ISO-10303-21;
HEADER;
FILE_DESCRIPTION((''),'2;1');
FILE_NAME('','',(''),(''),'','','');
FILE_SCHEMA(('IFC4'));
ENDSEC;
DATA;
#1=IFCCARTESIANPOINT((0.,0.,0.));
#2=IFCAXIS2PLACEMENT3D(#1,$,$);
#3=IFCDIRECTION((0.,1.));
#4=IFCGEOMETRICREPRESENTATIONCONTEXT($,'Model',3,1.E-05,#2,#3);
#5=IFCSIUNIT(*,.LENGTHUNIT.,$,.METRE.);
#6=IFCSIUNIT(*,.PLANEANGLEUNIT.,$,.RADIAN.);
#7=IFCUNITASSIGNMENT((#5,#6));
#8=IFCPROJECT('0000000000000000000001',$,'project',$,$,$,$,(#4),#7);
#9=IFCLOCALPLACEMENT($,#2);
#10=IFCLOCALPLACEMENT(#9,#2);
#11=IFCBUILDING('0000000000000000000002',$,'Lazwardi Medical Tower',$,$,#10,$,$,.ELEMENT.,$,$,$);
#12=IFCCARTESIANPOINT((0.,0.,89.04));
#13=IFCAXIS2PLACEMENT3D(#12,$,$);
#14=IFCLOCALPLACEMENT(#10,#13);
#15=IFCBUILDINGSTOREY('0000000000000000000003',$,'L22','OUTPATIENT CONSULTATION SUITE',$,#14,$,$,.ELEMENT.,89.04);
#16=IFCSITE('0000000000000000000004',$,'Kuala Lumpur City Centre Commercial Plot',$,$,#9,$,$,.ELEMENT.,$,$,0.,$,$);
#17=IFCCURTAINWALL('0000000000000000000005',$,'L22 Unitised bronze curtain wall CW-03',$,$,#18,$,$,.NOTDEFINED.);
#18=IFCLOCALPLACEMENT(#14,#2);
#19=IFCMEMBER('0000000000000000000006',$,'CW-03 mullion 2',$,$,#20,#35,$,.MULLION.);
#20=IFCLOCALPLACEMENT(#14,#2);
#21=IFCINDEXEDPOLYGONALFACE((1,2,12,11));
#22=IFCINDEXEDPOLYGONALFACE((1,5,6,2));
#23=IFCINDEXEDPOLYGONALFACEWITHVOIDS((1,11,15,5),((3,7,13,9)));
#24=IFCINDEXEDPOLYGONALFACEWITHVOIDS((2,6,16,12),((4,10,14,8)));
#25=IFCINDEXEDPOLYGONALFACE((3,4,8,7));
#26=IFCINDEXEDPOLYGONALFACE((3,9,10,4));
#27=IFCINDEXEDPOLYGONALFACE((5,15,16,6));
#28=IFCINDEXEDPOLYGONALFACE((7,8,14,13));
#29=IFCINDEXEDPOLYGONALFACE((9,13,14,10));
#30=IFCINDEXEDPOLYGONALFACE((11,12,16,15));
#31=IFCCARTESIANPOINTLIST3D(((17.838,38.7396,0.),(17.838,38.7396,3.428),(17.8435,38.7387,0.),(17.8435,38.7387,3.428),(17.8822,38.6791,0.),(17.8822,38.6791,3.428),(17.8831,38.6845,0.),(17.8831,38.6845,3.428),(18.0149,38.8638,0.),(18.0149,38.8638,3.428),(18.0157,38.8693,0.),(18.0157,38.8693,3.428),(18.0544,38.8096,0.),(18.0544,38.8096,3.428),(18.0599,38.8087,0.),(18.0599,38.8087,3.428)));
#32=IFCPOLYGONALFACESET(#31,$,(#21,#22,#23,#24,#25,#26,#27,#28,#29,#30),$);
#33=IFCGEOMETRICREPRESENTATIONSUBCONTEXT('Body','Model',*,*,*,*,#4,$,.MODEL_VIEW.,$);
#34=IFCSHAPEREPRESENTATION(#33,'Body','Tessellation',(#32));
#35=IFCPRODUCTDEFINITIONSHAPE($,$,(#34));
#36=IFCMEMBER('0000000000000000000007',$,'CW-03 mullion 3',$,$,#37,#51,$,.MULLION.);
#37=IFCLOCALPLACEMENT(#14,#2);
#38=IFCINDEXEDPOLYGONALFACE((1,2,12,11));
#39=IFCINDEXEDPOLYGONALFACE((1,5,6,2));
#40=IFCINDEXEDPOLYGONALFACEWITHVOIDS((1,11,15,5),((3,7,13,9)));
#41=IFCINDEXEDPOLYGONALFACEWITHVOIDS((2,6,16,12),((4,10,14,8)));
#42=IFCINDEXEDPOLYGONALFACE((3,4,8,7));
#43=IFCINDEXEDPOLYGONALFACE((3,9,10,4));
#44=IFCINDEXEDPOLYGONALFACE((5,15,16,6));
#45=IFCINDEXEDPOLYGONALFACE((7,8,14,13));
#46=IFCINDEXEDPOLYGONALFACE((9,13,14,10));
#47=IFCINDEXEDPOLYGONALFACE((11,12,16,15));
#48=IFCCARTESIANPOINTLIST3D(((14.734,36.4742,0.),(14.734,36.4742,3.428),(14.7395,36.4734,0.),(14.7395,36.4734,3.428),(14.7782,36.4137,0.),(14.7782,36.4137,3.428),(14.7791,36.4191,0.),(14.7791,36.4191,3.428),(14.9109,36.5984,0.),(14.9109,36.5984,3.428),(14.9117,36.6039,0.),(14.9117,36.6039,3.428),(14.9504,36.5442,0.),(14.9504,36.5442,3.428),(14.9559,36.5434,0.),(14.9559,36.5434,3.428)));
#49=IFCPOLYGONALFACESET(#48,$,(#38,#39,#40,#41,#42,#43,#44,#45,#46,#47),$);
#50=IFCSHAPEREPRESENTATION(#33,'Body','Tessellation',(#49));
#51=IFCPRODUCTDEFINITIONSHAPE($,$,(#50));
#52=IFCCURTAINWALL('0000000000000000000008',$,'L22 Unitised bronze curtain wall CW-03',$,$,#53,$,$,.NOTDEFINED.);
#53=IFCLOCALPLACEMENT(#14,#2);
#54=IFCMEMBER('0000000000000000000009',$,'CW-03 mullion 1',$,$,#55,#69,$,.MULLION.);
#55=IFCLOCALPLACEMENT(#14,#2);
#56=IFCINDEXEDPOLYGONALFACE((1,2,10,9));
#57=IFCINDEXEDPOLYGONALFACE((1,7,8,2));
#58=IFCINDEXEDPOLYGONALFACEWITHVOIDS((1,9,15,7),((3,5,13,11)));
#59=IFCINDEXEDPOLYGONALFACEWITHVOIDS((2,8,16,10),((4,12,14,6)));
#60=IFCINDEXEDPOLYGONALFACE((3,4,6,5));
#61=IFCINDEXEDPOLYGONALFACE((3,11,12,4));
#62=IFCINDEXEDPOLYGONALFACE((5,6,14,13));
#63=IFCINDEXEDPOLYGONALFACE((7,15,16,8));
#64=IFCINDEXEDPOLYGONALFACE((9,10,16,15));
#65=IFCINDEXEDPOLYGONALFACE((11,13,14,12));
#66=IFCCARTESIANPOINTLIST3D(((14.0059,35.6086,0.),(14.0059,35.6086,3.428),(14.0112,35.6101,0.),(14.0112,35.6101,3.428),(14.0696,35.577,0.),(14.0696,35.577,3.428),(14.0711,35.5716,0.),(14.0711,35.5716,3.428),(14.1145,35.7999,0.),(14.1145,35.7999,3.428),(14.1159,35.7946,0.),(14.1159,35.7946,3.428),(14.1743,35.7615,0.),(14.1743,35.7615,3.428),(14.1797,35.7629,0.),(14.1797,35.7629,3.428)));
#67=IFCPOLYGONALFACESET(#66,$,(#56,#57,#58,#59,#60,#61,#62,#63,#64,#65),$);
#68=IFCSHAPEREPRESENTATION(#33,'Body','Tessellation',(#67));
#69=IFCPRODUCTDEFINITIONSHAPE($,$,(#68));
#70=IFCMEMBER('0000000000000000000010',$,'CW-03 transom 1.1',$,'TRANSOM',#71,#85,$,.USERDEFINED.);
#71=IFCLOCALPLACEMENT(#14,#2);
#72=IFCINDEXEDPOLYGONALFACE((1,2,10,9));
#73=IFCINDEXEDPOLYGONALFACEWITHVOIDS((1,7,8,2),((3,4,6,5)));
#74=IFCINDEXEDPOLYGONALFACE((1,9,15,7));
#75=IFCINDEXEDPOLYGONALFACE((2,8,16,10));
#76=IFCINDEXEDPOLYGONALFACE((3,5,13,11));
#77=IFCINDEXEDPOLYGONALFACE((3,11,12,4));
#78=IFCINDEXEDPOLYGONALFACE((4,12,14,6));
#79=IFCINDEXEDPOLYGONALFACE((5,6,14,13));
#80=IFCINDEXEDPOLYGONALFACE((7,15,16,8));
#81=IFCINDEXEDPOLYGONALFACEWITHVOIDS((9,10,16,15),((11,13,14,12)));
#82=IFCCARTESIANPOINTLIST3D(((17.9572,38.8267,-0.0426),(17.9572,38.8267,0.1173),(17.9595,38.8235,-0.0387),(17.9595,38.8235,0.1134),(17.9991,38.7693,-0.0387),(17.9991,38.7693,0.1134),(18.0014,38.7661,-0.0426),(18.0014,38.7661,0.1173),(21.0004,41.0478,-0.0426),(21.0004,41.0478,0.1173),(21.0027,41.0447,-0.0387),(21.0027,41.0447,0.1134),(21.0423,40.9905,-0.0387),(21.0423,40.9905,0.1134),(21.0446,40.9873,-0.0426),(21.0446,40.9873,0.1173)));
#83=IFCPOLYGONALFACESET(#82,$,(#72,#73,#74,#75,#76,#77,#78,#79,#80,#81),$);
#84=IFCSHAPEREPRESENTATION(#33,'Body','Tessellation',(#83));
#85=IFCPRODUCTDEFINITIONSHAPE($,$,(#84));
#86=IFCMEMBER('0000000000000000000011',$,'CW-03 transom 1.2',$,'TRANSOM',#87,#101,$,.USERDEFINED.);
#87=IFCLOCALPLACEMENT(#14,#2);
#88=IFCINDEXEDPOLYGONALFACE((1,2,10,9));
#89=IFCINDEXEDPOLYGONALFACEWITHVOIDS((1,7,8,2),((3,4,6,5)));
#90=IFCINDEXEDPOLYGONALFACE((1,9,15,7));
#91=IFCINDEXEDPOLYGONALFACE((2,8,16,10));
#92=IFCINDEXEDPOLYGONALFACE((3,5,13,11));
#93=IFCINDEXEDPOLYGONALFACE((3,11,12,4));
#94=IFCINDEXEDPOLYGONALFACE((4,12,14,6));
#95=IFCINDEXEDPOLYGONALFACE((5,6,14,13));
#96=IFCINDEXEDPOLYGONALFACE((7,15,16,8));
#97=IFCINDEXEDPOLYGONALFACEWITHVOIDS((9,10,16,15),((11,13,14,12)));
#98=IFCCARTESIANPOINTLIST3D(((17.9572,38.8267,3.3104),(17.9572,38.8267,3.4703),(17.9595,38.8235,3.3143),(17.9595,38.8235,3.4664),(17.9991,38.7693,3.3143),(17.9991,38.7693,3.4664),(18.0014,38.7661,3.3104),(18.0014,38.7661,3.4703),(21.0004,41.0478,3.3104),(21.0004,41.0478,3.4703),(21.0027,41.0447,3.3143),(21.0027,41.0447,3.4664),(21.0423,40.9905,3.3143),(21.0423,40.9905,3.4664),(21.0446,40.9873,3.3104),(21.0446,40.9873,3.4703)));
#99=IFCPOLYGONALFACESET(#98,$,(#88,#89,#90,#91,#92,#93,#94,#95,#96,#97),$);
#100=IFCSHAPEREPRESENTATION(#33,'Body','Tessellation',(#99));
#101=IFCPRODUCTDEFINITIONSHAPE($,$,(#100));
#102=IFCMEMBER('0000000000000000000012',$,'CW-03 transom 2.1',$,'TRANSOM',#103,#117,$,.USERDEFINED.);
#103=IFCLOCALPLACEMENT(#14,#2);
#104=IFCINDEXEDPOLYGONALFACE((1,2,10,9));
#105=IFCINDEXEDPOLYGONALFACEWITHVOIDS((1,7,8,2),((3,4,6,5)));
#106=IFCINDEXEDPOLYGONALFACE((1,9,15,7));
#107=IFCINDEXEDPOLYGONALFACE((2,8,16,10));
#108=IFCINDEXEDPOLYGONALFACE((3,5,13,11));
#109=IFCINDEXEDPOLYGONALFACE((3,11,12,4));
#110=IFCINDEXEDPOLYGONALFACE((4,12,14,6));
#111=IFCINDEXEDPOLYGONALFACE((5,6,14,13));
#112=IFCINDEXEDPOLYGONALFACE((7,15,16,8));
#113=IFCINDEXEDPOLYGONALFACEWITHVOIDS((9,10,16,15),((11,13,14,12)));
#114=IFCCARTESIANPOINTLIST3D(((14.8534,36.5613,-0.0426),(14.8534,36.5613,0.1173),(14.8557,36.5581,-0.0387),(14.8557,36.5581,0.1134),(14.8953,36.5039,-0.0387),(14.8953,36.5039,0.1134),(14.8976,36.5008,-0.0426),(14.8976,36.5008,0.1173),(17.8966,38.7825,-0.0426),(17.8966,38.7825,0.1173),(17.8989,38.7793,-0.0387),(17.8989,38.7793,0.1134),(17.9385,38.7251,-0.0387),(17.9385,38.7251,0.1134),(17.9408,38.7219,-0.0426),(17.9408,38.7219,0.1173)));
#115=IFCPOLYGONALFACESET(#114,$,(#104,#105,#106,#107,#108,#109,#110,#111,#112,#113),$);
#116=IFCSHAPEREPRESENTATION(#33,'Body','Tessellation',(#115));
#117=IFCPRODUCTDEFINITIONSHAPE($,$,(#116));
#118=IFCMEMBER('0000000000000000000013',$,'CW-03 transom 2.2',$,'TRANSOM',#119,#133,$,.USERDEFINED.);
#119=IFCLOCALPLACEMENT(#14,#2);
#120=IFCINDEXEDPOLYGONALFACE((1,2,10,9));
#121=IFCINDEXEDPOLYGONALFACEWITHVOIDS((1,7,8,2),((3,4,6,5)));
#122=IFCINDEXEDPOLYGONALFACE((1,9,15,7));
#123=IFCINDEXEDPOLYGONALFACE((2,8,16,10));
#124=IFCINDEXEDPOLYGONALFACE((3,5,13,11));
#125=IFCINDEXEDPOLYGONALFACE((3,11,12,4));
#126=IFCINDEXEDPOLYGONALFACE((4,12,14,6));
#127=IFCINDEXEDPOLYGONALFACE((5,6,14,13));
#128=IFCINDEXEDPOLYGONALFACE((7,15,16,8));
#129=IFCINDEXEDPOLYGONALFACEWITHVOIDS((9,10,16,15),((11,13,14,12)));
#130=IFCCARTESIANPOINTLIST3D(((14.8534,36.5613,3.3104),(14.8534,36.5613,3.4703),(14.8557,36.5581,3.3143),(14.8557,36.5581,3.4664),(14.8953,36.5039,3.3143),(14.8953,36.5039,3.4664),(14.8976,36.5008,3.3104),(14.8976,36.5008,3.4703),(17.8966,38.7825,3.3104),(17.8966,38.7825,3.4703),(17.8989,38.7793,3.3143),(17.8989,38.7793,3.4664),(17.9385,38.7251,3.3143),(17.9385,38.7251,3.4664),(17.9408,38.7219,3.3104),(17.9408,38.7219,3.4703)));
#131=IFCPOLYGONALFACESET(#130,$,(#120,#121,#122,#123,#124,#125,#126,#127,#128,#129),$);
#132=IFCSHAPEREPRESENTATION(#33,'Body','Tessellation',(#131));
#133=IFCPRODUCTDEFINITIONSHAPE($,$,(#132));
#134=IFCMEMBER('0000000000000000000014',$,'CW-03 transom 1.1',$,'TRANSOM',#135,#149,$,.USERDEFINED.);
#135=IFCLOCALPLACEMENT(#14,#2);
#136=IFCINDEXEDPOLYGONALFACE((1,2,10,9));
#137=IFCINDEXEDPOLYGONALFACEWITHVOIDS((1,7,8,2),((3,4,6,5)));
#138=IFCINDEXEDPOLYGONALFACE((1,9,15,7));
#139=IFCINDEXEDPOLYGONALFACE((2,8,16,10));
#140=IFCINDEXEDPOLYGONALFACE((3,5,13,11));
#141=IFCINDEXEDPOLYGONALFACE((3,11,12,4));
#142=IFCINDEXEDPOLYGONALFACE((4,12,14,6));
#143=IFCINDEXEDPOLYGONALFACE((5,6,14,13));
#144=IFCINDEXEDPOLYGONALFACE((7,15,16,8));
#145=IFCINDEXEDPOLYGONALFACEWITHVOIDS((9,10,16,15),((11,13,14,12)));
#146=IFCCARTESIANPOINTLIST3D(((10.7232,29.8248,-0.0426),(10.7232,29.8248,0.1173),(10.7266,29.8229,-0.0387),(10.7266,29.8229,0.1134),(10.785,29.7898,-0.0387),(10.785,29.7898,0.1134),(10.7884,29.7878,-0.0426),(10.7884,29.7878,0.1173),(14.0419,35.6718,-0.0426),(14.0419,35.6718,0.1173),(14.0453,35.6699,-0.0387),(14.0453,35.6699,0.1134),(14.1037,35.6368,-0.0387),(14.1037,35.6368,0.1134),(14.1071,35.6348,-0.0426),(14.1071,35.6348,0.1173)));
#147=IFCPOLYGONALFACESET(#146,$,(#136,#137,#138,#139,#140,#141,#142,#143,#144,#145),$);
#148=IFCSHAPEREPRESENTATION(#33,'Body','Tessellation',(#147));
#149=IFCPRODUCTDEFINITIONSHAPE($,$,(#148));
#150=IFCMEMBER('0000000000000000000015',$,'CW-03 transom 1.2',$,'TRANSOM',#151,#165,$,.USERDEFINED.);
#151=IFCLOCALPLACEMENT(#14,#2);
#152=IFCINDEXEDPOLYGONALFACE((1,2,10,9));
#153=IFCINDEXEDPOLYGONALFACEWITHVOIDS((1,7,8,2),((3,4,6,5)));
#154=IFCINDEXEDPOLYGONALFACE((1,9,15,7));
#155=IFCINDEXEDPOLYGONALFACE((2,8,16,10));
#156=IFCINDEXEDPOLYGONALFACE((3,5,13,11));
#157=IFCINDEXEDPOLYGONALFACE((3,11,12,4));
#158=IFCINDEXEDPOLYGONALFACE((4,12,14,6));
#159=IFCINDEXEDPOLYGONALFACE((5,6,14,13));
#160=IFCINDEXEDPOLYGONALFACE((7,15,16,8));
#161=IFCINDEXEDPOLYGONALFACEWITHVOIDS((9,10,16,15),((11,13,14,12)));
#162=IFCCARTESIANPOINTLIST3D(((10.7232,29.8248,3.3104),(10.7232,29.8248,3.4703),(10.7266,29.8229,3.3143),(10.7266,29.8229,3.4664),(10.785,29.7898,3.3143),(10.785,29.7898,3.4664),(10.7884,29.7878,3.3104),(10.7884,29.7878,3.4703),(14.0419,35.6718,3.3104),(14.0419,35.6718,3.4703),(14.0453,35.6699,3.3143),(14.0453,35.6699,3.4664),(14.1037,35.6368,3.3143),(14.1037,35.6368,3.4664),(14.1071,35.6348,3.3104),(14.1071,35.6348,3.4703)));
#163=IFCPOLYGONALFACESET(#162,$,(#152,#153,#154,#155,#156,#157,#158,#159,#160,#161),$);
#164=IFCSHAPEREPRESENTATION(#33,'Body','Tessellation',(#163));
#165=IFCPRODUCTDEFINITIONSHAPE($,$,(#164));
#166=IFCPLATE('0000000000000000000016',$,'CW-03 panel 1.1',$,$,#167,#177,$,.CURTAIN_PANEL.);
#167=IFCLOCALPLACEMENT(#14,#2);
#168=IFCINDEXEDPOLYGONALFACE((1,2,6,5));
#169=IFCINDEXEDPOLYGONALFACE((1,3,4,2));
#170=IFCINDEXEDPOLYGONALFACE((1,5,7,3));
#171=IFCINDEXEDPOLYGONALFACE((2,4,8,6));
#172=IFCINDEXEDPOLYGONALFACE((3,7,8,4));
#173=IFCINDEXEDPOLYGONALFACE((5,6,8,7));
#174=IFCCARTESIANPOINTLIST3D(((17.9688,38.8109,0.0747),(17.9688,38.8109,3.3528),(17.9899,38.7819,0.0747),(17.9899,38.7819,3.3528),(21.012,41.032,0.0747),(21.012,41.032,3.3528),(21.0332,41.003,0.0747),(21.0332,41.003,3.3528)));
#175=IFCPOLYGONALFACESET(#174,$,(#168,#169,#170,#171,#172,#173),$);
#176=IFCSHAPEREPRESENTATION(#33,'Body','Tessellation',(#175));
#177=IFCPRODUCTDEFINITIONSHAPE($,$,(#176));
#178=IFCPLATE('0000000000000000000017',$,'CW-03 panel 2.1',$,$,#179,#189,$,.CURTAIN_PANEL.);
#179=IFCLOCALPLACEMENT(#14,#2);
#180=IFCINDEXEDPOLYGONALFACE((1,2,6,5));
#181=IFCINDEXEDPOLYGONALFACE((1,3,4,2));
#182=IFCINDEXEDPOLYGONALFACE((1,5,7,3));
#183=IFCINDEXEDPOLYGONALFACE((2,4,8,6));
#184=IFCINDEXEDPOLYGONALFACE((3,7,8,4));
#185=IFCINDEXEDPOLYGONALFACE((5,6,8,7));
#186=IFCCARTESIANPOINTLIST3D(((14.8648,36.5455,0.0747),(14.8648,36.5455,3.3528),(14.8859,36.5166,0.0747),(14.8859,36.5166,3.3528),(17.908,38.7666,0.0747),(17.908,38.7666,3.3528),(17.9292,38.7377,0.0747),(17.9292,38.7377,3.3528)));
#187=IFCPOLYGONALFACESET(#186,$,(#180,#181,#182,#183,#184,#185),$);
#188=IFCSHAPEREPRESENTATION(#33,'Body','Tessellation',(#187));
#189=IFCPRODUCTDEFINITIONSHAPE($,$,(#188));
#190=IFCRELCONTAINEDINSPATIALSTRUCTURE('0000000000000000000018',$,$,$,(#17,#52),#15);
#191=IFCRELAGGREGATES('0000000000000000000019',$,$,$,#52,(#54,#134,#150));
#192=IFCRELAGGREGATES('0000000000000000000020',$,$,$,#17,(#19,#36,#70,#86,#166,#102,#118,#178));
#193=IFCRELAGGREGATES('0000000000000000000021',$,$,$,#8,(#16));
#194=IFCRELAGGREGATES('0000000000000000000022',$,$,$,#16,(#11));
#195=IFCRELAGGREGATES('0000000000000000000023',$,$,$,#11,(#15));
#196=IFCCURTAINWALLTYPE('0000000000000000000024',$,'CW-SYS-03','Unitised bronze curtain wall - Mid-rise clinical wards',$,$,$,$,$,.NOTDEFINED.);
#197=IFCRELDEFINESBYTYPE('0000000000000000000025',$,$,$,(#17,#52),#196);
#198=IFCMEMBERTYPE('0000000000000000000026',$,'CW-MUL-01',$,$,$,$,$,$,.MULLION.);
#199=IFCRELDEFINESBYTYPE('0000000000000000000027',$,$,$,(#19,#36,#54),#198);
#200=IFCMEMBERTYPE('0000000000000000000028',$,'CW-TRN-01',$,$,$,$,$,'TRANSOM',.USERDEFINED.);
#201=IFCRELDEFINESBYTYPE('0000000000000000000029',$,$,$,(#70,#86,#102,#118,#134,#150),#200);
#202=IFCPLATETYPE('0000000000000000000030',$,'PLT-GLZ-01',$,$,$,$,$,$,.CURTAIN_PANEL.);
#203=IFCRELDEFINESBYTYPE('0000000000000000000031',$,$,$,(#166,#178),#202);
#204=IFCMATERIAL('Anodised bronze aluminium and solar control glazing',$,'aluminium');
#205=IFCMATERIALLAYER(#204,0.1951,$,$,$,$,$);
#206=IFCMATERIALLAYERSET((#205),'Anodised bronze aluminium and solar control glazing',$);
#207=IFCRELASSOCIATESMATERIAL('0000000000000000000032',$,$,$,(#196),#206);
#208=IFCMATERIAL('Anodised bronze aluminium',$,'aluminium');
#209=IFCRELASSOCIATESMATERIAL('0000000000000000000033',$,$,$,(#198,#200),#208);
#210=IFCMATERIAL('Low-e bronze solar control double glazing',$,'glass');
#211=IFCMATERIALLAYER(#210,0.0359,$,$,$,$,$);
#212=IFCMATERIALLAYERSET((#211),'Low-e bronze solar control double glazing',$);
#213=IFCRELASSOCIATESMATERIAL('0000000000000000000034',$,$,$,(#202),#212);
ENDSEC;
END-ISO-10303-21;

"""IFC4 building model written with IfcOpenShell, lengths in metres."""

from ifc_helpers import new_model, si_unit, direction, frame, origin, origin_2d, place, context, subcontext, project, spatial, rectangle, hollow_rectangle, extrude, material, layer, layer_set, material_profile, profile_set, type_object, element, aggregate, save


model = new_model("IFC4")

# Units and contexts
model_context = context("Model", 3, precision=1e-05, world=origin(), true_north=direction((0.0, 1.0)))
body_context = subcontext(model_context, "Body", "Model", "MODEL_VIEW")
ifc_project = project(units=[si_unit("LENGTHUNIT", "METRE"), si_unit("PLANEANGLEUNIT", "RADIAN")], contexts=[model_context])

# Site, building, storey
site_placement = place(None, origin())
site = spatial("IfcSite", under=ifc_project, at=site_placement, Name="Kuala Lumpur City Centre Commercial Plot", CompositionType="ELEMENT", RefElevation=0.0)
building_placement = place(site_placement, origin())
building = spatial("IfcBuilding", under=site, at=building_placement, Name="Lazwardi Medical Tower", CompositionType="ELEMENT")
storey_placement = place(building_placement, frame((0.0, 0.0, 89.04)))
storey = spatial("IfcBuildingStorey", under=building, at=storey_placement, Name="L22", Description="OUTPATIENT CONSULTATION SUITE", CompositionType="ELEMENT", Elevation=89.04)

# Shared definitions
ifc_material_1 = material(Name="Anodised bronze aluminium and solar control glazing", Category="aluminium")
ifc_layer_1 = layer(ifc_material_1, 0.1951)
ifc_layer_set_1 = layer_set([ifc_layer_1], Name="Anodised bronze aluminium and solar control glazing")
curtain_wall_type = type_object("IfcCurtainWallType", Name="CW-SYS-03", Description="Unitised bronze curtain wall - Mid-rise clinical wards", PredefinedType="NOTDEFINED", material=ifc_layer_set_1)
ifc_material_2 = material(Name="Anodised bronze aluminium", Category="aluminium")
ifc_material_profile_1 = material_profile(ifc_material_2, hollow_rectangle(XDim=0.075, YDim=0.22, WallThickness=0.0039, at=origin_2d()), Name="ALU-MULLION 220x75x4")
ifc_profile_set_1 = profile_set([ifc_material_profile_1], Name="Anodised bronze aluminium")
member_type_1 = type_object("IfcMemberType", Name="CW-MUL-01", PredefinedType="MULLION", material=ifc_profile_set_1)

# Curtain wall, members
curtain_wall_1_placement = place(storey_placement, origin())
curtain_wall_1 = element("IfcCurtainWall", 1, at=curtain_wall_1_placement, inside=storey, type_object=curtain_wall_type, Name="L22 Unitised bronze curtain wall CW-03", PredefinedType="NOTDEFINED")
member_1_placement = place(storey_placement, frame((17.949, 38.7742, 0.0), z_axis=(0.0, 0.0, 1.0), x_axis=(0.589531, -0.807746, 0.0)))
member_1 = element("IfcMember", 2, at=member_1_placement, type_object=member_type_1, Name="CW-03 mullion 2", PredefinedType="MULLION", context=body_context, shape_type="SweptSolid", body=[
    extrude(hollow_rectangle(XDim=0.075, YDim=0.22, WallThickness=0.0039, at=origin_2d()), origin(), (0.0, 0.0, 1.0), 3.428),
])
member_2_placement = place(storey_placement, frame((14.845, 36.5088, 0.0), z_axis=(0.0, 0.0, 1.0), x_axis=(0.589531, -0.807746, 0.0)))
member_2 = element("IfcMember", 3, at=member_2_placement, type_object=member_type_1, Name="CW-03 mullion 3", PredefinedType="MULLION", context=body_context, shape_type="SweptSolid", body=[
    extrude(hollow_rectangle(XDim=0.075, YDim=0.22, WallThickness=0.0039, at=origin_2d()), origin(), (0.0, 0.0, 1.0), 3.428),
])

# Curtain wall, member
curtain_wall_2_placement = place(storey_placement, origin())
curtain_wall_2 = element("IfcCurtainWall", 4, at=curtain_wall_2_placement, inside=storey, type_object=curtain_wall_type, Name="L22 Unitised bronze curtain wall CW-03", PredefinedType="NOTDEFINED")
member_3_placement = place(storey_placement, frame((14.0928, 35.6858, 0.0), z_axis=(0.0, 0.0, 1.0), x_axis=(0.869687, -0.493603, 0.0)))
member_3 = element("IfcMember", 5, at=member_3_placement, type_object=member_type_1, Name="CW-03 mullion 1", PredefinedType="MULLION", context=body_context, shape_type="SweptSolid", body=[
    extrude(hollow_rectangle(XDim=0.075, YDim=0.22, WallThickness=0.0039, at=origin_2d()), origin(), (0.0, 0.0, 1.0), 3.428),
])

# Members
ifc_material_profile_2 = material_profile(ifc_material_2, hollow_rectangle(XDim=0.075, YDim=0.1599, WallThickness=0.0039, at=origin_2d()), Name="ALU-TRANSOM 160x75x4")
ifc_profile_set_2 = profile_set([ifc_material_profile_2], Name="Anodised bronze aluminium")
member_type_2 = type_object("IfcMemberType", Name="CW-TRN-01", ElementType="TRANSOM", PredefinedType="USERDEFINED", material=ifc_profile_set_2)
member_4_placement = place(storey_placement, frame((21.0225, 41.0176, 0.0374), z_axis=(-0.807732, -0.58955, 0.0), x_axis=(0.58955, -0.807732, 0.0)))
member_4 = element("IfcMember", 6, at=member_4_placement, type_object=member_type_2, Name="CW-03 transom 1.1", ObjectType="TRANSOM", PredefinedType="USERDEFINED", context=body_context, shape_type="SweptSolid", body=[
    extrude(hollow_rectangle(XDim=0.075, YDim=0.1599, WallThickness=0.0039, at=origin_2d()), origin(), (0.0, 0.0, 1.0), 3.7676),
])
member_5_placement = place(storey_placement, frame((21.0225, 41.0176, 3.3904), z_axis=(-0.807732, -0.58955, 0.0), x_axis=(0.58955, -0.807732, 0.0)))
member_5 = element("IfcMember", 7, at=member_5_placement, type_object=member_type_2, Name="CW-03 transom 1.2", ObjectType="TRANSOM", PredefinedType="USERDEFINED", context=body_context, shape_type="SweptSolid", body=[
    extrude(hollow_rectangle(XDim=0.075, YDim=0.1599, WallThickness=0.0039, at=origin_2d()), origin(), (0.0, 0.0, 1.0), 3.7676),
])
member_6_placement = place(storey_placement, frame((17.9187, 38.7522, 0.0374), z_axis=(-0.807732, -0.58955, 0.0), x_axis=(0.58955, -0.807732, 0.0)))
member_6 = element("IfcMember", 8, at=member_6_placement, type_object=member_type_2, Name="CW-03 transom 2.1", ObjectType="TRANSOM", PredefinedType="USERDEFINED", context=body_context, shape_type="SweptSolid", body=[
    extrude(hollow_rectangle(XDim=0.075, YDim=0.1599, WallThickness=0.0039, at=origin_2d()), origin(), (0.0, 0.0, 1.0), 3.7676),
])
member_7_placement = place(storey_placement, frame((17.9187, 38.7522, 3.3904), z_axis=(-0.807732, -0.58955, 0.0), x_axis=(0.58955, -0.807732, 0.0)))
member_7 = element("IfcMember", 9, at=member_7_placement, type_object=member_type_2, Name="CW-03 transom 2.2", ObjectType="TRANSOM", PredefinedType="USERDEFINED", context=body_context, shape_type="SweptSolid", body=[
    extrude(hollow_rectangle(XDim=0.075, YDim=0.1599, WallThickness=0.0039, at=origin_2d()), origin(), (0.0, 0.0, 1.0), 3.7676),
])
member_8_placement = place(storey_placement, frame((14.0745, 35.6533, 0.0374), z_axis=(-0.493614, -0.869681, 0.0), x_axis=(0.869681, -0.493614, 0.0)))
member_8 = element("IfcMember", 10, at=member_8_placement, type_object=member_type_2, Name="CW-03 transom 1.1", ObjectType="TRANSOM", PredefinedType="USERDEFINED", context=body_context, shape_type="SweptSolid", body=[
    extrude(hollow_rectangle(XDim=0.075, YDim=0.1599, WallThickness=0.0039, at=origin_2d()), origin(), (0.0, 0.0, 1.0), 6.7231),
])
member_9_placement = place(storey_placement, frame((14.0745, 35.6533, 3.3904), z_axis=(-0.493614, -0.869681, 0.0), x_axis=(0.869681, -0.493614, 0.0)))
member_9 = element("IfcMember", 11, at=member_9_placement, type_object=member_type_2, Name="CW-03 transom 1.2", ObjectType="TRANSOM", PredefinedType="USERDEFINED", context=body_context, shape_type="SweptSolid", body=[
    extrude(hollow_rectangle(XDim=0.075, YDim=0.1599, WallThickness=0.0039, at=origin_2d()), origin(), (0.0, 0.0, 1.0), 6.7231),
])
aggregate(curtain_wall_2, [member_3, member_8, member_9])

# Plates
ifc_material_3 = material(Name="Low-e bronze solar control double glazing", Category="glass")
ifc_layer_2 = layer(ifc_material_3, 0.0359)
ifc_layer_set_2 = layer_set([ifc_layer_2], Name="Low-e bronze solar control double glazing")
plate_type = type_object("IfcPlateType", Name="PLT-GLZ-01", PredefinedType="CURTAIN_PANEL", material=ifc_layer_set_2)
plate_1_placement = place(storey_placement, frame((19.501, 39.907, 0.0747), z_axis=(0.0, 0.0, 1.0), x_axis=(-0.807746, -0.589531, 0.0)))
plate_1 = element("IfcPlate", 12, at=plate_1_placement, type_object=plate_type, Name="CW-03 panel 1.1", PredefinedType="CURTAIN_PANEL", context=body_context, shape_type="SweptSolid", body=[
    extrude(rectangle(XDim=3.7676, YDim=0.0359, at=origin_2d()), origin(), (0.0, 0.0, 1.0), 3.2781),
])
plate_2_placement = place(storey_placement, frame((16.397, 37.6416, 0.0747), z_axis=(0.0, 0.0, 1.0), x_axis=(-0.807746, -0.589531, 0.0)))
plate_2 = element("IfcPlate", 13, at=plate_2_placement, type_object=plate_type, Name="CW-03 panel 2.1", PredefinedType="CURTAIN_PANEL", context=body_context, shape_type="SweptSolid", body=[
    extrude(rectangle(XDim=3.7676, YDim=0.0359, at=origin_2d()), origin(), (0.0, 0.0, 1.0), 3.2781),
])
aggregate(curtain_wall_1, [member_1, member_2, member_4, member_5, plate_1, member_6, member_7, plate_2])

save(model, "model.ifc")
